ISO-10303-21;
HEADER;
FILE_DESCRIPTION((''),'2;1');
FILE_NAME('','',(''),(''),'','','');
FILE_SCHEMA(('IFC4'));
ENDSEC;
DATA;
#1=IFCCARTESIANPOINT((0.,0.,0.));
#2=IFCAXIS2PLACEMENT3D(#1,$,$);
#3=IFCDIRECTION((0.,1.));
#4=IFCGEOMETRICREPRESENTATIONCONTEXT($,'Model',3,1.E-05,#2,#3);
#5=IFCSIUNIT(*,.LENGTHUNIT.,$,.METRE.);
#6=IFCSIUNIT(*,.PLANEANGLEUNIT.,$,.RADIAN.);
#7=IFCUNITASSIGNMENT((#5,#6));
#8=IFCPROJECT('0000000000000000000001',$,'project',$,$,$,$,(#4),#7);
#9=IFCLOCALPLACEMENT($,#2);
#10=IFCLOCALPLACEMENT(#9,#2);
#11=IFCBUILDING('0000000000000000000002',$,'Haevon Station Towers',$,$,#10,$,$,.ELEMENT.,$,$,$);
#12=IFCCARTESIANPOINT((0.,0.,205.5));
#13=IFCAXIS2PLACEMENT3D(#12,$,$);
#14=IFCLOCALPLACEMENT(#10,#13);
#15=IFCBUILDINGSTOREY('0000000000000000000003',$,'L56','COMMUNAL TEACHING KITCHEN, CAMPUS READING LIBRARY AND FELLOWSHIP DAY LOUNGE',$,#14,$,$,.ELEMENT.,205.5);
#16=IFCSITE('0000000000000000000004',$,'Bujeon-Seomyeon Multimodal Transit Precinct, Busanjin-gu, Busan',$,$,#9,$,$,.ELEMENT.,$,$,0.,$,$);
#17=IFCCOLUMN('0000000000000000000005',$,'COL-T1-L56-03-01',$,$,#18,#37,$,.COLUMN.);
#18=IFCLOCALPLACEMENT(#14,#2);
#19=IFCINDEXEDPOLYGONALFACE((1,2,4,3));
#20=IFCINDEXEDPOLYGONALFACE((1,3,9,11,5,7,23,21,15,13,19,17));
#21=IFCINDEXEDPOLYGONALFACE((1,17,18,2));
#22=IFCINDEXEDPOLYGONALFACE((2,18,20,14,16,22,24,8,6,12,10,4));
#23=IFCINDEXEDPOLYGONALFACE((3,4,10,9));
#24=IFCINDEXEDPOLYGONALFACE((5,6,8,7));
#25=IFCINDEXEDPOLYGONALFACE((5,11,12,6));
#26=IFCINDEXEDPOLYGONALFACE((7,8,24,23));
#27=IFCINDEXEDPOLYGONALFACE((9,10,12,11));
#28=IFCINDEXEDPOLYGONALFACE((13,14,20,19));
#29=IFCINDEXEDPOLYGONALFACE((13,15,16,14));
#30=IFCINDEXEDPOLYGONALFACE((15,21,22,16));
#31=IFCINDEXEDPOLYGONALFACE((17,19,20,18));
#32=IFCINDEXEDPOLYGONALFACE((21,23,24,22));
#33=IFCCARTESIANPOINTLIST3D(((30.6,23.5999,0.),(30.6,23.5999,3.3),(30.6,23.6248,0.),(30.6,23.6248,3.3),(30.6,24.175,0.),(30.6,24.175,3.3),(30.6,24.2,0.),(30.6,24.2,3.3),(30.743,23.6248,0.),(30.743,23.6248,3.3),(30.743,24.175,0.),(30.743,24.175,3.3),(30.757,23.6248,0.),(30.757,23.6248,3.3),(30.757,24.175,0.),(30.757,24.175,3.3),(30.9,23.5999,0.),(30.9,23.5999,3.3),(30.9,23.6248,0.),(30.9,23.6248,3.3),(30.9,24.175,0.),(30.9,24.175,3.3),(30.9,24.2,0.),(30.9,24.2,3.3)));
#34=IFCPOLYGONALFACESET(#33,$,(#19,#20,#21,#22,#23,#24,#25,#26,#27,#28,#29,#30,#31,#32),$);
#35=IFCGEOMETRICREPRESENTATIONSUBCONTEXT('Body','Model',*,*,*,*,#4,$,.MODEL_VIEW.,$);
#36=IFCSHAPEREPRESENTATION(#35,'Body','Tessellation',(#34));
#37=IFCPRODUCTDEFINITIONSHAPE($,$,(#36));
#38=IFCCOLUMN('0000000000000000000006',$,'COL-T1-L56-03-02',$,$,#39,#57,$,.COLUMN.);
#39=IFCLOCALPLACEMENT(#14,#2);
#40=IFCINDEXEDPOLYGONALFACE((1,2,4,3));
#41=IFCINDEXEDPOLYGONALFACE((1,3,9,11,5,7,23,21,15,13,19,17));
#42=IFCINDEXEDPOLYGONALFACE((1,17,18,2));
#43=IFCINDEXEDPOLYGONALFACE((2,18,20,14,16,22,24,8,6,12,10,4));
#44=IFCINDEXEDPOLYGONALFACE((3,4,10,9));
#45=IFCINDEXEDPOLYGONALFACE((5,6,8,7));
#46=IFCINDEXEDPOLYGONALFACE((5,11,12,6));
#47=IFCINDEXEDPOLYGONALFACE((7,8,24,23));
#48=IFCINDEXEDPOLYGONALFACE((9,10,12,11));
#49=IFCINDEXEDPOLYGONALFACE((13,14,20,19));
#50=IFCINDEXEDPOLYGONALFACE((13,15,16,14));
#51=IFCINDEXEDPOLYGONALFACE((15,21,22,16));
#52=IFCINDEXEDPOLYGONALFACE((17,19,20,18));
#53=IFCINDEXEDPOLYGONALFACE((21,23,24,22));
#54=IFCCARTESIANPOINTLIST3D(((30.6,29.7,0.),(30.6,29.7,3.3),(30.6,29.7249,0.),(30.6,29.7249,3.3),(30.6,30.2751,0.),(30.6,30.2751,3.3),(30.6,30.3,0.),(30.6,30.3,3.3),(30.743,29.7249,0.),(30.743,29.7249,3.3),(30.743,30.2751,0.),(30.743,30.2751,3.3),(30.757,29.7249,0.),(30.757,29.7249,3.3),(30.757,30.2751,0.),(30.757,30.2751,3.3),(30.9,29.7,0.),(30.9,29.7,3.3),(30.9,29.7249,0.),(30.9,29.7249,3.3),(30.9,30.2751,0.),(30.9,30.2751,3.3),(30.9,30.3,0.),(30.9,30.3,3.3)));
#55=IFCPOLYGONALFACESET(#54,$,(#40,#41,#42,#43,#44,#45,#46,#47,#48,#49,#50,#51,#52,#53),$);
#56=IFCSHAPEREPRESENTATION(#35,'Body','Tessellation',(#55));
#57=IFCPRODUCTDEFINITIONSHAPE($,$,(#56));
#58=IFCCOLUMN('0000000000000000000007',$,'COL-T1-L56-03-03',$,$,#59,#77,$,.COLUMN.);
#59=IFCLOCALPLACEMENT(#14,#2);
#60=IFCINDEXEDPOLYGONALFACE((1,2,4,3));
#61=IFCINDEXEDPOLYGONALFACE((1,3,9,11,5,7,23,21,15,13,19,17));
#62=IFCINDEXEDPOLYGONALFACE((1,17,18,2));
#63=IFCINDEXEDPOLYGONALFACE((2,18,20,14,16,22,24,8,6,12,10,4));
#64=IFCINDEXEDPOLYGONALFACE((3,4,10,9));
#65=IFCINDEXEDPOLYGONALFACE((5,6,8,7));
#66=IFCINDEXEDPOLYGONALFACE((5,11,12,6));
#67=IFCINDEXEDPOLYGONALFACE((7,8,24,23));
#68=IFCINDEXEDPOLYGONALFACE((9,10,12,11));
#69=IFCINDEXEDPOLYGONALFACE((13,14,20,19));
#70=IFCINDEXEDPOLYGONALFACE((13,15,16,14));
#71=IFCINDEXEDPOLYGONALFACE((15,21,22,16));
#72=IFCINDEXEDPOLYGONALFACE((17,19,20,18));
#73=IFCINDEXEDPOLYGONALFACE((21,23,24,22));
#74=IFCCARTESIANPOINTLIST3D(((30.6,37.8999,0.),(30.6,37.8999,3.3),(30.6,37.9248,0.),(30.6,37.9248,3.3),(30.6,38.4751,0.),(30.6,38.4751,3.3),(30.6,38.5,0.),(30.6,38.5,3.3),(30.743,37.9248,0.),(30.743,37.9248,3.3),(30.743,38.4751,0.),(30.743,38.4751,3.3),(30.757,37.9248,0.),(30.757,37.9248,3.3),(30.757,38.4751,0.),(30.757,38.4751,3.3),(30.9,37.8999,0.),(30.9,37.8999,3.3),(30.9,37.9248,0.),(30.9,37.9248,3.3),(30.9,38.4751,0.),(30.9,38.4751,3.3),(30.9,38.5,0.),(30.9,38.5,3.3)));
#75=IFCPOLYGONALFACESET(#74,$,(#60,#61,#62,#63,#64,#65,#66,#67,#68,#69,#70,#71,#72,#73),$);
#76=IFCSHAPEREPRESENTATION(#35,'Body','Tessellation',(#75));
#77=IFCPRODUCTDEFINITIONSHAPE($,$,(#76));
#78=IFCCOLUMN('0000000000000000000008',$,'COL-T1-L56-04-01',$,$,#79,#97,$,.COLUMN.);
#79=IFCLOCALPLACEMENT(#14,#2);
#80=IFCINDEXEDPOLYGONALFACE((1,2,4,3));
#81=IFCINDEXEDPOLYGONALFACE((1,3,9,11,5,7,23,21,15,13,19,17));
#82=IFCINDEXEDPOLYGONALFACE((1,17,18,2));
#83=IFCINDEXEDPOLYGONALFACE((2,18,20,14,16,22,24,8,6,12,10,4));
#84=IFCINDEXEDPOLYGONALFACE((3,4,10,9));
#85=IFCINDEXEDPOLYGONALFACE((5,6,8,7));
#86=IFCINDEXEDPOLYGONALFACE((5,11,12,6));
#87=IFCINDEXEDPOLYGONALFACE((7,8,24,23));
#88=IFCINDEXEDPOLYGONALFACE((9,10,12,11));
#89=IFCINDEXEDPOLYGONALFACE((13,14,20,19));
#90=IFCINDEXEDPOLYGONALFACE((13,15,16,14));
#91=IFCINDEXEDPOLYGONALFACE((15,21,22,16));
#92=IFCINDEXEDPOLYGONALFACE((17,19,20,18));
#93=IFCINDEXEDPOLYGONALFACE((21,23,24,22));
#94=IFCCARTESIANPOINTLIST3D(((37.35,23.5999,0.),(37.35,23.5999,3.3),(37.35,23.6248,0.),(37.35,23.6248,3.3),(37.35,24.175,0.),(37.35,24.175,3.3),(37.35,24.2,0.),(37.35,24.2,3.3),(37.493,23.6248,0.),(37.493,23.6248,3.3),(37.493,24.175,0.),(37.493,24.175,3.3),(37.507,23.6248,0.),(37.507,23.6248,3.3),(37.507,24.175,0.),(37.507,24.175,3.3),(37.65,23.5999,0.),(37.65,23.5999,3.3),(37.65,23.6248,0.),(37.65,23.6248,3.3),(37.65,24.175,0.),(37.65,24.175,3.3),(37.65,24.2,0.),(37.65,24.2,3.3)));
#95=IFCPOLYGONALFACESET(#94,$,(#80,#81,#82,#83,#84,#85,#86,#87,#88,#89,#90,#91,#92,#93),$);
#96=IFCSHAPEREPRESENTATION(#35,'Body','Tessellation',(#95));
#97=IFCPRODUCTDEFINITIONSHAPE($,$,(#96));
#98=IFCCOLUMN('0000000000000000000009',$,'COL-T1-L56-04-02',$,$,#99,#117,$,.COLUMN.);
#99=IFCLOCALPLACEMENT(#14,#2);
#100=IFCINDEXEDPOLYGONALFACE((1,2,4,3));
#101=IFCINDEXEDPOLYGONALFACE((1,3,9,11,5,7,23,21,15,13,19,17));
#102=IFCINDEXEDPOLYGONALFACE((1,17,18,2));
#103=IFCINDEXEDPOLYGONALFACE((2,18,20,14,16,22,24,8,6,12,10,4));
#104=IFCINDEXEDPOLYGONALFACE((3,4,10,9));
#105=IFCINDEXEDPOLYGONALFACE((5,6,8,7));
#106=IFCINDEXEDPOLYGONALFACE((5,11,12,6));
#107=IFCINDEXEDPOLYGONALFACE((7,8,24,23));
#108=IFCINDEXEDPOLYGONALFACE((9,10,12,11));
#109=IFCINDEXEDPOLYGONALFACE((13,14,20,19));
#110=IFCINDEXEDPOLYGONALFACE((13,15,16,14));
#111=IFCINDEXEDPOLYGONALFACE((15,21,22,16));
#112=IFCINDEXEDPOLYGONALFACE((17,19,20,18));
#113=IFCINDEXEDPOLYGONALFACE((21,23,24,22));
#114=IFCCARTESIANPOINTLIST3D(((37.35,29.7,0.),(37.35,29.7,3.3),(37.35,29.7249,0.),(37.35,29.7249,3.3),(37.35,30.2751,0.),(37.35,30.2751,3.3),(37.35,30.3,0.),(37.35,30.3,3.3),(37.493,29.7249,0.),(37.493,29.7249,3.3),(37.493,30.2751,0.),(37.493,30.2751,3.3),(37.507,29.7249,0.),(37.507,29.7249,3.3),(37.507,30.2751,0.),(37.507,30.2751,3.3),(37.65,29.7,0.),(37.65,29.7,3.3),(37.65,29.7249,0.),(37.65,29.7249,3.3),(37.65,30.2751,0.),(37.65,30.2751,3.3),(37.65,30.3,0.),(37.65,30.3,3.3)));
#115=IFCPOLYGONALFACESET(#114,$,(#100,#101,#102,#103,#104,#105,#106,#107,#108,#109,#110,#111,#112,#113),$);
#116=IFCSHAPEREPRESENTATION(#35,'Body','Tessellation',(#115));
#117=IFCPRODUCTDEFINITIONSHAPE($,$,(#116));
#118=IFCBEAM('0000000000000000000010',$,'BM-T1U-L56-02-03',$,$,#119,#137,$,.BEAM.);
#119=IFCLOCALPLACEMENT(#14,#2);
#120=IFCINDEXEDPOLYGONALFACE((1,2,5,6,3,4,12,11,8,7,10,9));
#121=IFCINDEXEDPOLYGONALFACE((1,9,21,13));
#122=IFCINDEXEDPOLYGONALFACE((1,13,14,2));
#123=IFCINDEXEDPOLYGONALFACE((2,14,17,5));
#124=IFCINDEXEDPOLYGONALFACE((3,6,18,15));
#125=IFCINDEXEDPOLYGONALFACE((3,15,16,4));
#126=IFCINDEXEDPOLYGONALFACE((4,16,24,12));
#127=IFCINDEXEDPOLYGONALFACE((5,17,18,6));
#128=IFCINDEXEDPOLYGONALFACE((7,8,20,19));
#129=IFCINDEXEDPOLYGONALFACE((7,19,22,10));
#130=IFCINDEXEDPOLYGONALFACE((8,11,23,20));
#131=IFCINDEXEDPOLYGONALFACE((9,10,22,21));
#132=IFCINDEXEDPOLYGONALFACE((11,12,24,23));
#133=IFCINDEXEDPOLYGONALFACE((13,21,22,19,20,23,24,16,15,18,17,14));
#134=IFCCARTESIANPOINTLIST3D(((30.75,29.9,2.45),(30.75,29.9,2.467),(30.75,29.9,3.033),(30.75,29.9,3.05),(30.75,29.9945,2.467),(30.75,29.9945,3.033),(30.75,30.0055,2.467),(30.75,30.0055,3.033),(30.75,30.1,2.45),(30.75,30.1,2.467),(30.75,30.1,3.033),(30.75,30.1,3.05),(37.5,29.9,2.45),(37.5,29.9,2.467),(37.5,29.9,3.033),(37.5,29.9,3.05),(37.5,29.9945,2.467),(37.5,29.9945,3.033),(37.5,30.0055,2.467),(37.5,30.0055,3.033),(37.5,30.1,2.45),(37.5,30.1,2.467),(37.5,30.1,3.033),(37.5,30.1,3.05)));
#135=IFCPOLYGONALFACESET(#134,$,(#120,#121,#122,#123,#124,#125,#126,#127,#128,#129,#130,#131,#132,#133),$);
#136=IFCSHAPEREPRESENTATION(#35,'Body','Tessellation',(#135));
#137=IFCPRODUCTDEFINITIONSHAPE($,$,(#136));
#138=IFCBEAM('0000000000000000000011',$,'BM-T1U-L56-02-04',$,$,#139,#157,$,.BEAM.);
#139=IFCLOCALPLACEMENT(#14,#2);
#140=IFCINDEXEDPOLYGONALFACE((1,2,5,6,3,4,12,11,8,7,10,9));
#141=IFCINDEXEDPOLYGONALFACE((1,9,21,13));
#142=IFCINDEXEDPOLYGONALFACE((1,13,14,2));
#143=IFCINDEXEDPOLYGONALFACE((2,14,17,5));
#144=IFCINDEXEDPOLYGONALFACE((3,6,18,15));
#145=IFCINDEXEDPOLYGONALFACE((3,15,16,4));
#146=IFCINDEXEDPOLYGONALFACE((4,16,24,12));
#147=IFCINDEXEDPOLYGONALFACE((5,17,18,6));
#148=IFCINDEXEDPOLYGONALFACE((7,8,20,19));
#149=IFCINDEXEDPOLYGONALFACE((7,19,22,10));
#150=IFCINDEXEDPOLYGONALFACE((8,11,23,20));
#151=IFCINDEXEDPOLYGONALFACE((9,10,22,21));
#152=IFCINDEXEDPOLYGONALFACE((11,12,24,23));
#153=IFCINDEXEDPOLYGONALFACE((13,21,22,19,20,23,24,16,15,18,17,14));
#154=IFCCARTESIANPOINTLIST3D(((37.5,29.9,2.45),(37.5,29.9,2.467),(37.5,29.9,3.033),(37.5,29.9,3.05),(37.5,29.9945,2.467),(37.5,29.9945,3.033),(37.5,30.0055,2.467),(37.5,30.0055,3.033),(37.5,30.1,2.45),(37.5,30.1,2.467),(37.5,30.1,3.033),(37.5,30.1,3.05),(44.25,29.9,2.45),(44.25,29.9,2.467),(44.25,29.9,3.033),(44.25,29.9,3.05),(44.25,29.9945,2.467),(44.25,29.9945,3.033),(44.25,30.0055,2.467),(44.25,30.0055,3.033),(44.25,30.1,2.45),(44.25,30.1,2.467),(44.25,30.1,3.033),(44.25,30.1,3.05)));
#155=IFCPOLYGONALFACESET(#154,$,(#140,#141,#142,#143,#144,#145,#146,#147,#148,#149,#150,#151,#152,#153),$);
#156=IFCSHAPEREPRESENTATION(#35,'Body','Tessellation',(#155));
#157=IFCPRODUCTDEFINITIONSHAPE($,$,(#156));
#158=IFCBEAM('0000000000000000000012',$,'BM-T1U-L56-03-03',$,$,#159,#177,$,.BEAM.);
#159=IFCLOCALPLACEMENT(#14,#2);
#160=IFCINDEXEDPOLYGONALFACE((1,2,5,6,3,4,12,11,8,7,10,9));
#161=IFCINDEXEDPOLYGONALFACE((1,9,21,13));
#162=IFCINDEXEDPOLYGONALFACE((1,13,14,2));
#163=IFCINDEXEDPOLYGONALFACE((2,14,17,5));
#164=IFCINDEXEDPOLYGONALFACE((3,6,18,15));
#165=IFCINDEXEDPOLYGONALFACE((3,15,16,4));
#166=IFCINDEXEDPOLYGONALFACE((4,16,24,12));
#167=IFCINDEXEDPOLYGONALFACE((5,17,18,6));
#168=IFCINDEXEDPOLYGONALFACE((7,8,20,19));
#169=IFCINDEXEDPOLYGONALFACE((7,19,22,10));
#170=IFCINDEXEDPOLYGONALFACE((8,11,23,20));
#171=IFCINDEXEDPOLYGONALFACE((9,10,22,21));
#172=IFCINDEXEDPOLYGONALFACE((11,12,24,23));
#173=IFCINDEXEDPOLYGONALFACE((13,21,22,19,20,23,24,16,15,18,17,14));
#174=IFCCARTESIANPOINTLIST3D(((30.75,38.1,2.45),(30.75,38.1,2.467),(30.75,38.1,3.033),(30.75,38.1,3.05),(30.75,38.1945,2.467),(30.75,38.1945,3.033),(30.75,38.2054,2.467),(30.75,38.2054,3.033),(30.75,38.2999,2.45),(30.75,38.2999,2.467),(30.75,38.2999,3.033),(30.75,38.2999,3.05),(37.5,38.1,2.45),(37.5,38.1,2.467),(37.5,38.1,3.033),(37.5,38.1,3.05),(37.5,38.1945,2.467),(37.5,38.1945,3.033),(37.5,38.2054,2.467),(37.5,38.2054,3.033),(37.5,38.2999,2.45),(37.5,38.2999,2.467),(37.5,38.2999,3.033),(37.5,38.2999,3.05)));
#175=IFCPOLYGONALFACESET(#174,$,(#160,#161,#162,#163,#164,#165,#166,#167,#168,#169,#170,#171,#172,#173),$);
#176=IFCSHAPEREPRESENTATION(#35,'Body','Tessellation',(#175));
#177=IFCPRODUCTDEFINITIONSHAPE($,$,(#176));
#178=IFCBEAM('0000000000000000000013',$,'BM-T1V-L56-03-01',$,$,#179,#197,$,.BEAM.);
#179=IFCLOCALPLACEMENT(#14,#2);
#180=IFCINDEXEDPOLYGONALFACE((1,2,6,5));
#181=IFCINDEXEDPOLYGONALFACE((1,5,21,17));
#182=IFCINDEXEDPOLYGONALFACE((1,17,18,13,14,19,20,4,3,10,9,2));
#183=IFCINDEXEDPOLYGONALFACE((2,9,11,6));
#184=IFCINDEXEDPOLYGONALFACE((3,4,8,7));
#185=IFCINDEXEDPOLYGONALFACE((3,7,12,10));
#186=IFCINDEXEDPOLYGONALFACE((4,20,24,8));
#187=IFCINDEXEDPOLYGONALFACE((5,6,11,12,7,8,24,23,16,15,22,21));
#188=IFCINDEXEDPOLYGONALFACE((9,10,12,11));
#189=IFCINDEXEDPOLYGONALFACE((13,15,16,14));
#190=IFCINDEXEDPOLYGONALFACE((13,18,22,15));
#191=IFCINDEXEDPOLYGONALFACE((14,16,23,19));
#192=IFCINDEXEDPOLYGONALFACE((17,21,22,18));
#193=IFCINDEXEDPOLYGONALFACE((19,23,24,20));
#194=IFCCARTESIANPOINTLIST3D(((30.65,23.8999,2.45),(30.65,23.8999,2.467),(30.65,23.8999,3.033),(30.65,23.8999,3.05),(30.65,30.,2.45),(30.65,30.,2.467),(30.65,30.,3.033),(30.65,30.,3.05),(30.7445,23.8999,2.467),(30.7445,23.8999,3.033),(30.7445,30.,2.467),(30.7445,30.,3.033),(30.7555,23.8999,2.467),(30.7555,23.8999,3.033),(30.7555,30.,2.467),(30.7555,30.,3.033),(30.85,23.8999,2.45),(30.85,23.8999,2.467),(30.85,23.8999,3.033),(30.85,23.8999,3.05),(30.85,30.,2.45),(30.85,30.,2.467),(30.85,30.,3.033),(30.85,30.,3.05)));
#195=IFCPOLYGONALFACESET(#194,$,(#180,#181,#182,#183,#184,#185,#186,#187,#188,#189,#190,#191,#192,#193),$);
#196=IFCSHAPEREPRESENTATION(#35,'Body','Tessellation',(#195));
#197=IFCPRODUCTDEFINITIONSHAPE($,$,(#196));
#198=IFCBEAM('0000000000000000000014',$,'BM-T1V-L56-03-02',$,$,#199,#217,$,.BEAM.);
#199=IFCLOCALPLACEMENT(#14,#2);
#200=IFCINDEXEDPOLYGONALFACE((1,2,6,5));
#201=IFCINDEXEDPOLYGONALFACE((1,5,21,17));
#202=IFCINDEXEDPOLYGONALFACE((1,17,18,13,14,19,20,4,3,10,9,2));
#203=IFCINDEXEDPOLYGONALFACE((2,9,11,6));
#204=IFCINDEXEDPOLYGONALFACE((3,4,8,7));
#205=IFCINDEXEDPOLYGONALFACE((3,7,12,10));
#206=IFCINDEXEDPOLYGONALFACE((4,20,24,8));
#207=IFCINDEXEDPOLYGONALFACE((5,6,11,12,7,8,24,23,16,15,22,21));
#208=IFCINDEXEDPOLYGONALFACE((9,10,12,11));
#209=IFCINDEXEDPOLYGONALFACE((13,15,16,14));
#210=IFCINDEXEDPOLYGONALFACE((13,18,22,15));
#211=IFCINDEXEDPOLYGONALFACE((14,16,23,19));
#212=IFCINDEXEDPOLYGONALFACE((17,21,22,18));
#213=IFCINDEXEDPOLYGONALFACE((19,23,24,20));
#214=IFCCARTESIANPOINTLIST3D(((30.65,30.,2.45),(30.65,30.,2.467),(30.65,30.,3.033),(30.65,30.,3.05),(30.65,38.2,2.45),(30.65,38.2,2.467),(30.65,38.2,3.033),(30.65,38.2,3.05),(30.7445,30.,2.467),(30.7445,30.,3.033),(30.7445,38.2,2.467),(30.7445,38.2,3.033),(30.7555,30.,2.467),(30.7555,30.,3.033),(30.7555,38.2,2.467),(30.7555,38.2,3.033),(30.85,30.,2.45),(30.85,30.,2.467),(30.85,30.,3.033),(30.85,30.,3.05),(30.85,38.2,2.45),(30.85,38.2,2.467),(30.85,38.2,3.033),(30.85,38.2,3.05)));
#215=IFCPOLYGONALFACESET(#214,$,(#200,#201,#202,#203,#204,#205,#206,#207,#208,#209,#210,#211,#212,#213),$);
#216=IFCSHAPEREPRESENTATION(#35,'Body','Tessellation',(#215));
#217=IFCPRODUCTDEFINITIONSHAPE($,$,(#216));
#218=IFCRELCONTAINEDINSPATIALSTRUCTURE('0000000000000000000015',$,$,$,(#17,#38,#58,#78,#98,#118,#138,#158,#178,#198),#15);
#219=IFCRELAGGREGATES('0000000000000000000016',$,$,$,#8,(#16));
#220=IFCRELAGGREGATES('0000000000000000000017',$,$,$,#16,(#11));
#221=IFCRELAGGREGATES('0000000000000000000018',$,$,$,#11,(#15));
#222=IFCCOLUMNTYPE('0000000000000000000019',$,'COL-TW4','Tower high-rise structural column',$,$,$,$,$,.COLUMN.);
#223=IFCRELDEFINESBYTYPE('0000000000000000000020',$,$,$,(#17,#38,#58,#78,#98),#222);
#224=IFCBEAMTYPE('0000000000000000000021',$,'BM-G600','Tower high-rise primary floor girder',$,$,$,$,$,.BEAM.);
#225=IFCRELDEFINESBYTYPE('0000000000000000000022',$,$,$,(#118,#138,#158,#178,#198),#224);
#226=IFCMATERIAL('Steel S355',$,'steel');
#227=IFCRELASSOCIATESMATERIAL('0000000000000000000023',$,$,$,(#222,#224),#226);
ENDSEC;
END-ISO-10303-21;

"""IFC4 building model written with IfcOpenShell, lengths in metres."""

from ifc_helpers import new_model, si_unit, direction, frame, origin, origin_2d, place, context, subcontext, project, spatial, i_section, extrude, material, material_profile, profile_set, type_object, element, save


model = new_model("IFC4")

# Units and contexts
model_context = context("Model", 3, precision=1e-05, world=origin(), true_north=direction((0.0, 1.0)))
body_context = subcontext(model_context, "Body", "Model", "MODEL_VIEW")
ifc_project = project(units=[si_unit("LENGTHUNIT", "METRE"), si_unit("PLANEANGLEUNIT", "RADIAN")], contexts=[model_context])

# Site, building, storey
site_placement = place(None, origin())
site = spatial("IfcSite", under=ifc_project, at=site_placement, Name="Bujeon-Seomyeon Multimodal Transit Precinct, Busanjin-gu, Busan", CompositionType="ELEMENT", RefElevation=0.0)
building_placement = place(site_placement, origin())
building = spatial("IfcBuilding", under=site, at=building_placement, Name="Haevon Station Towers", CompositionType="ELEMENT")
storey_placement = place(building_placement, frame((0.0, 0.0, 205.5)))
storey = spatial("IfcBuildingStorey", under=building, at=storey_placement, Name="L56", Description="COMMUNAL TEACHING KITCHEN, CAMPUS READING LIBRARY AND FELLOWSHIP DAY LOUNGE", CompositionType="ELEMENT", Elevation=205.5)

# Columns
ifc_material_1 = material(Name="Steel S355", Category="steel")
ifc_material_profile_1 = material_profile(ifc_material_1, i_section(OverallWidth=0.3, OverallDepth=0.6001, WebThickness=0.0139, FlangeThickness=0.0249, at=origin_2d()), Name="H-600x300x14x25")
ifc_profile_set_1 = profile_set([ifc_material_profile_1], Name="Steel S355")
column_type = type_object("IfcColumnType", Name="COL-TW4", Description="Tower high-rise structural column", PredefinedType="COLUMN", material=ifc_profile_set_1)
for number, where, z_axis, x_axis, name in (
    (1, (30.75, 23.8999, 0.0), (0.0, 0.0, 1.0), (1.0, 0.0, 0.0), "COL-T1-L56-03-01"),
    (2, (30.75, 30.0, 0.0), (0.0, 0.0, 1.0), (1.0, 0.0, 0.0), "COL-T1-L56-03-02"),
    (3, (30.75, 38.2, 0.0), (0.0, 0.0, 1.0), (1.0, 0.0, 0.0), "COL-T1-L56-03-03"),
    (4, (37.5, 23.8999, 0.0), (0.0, 0.0, 1.0), (1.0, 0.0, 0.0), "COL-T1-L56-04-01"),
    (5, (37.5, 30.0, 0.0), (0.0, 0.0, 1.0), (1.0, 0.0, 0.0), "COL-T1-L56-04-02"),
):
    element("IfcColumn", number, at=place(storey_placement, frame(where, z_axis=z_axis, x_axis=x_axis)), inside=storey, type_object=column_type, Name=name, PredefinedType="COLUMN", context=body_context, shape_type="SweptSolid", body=[
        extrude(i_section(OverallWidth=0.3, OverallDepth=0.6001, WebThickness=0.0139, FlangeThickness=0.0249, at=origin_2d()), origin(), (0.0, 0.0, 1.0), 3.3),
    ])

# Beams
ifc_material_profile_2 = material_profile(ifc_material_1, i_section(OverallWidth=0.2, OverallDepth=0.6001, WebThickness=0.011, FlangeThickness=0.0171, at=origin_2d()), Name="H-600x200x11x17")
ifc_profile_set_2 = profile_set([ifc_material_profile_2], Name="Steel S355")
beam_type_1 = type_object("IfcBeamType", Name="BM-G600", Description="Tower high-rise primary floor girder", PredefinedType="BEAM", material=ifc_profile_set_2)
for number, where, z_axis, x_axis, name in (
    (6, (30.75, 30.0, 2.75), (1.0, 0.0, 0.0), (0.0, 1.0, 0.0), "BM-T1U-L56-02-03"),
    (7, (37.5, 30.0, 2.75), (1.0, 0.0, 0.0), (0.0, 1.0, 0.0), "BM-T1U-L56-02-04"),
    (8, (30.75, 38.2, 2.75), (1.0, 0.0, 0.0), (0.0, 1.0, 0.0), "BM-T1U-L56-03-03"),
):
    element("IfcBeam", number, at=place(storey_placement, frame(where, z_axis=z_axis, x_axis=x_axis)), inside=storey, type_object=beam_type_1, Name=name, PredefinedType="BEAM", context=body_context, shape_type="SweptSolid", body=[
        extrude(i_section(OverallWidth=0.2, OverallDepth=0.6001, WebThickness=0.011, FlangeThickness=0.0171, at=origin_2d()), origin(), (0.0, 0.0, 1.0), 6.75),
    ])
beam_1_placement = place(storey_placement, frame((30.75, 23.8999, 2.75), z_axis=(0.0, 1.0, 0.0), x_axis=(-1.0, 0.0, 0.0)))
element("IfcBeam", 9, at=beam_1_placement, inside=storey, type_object=beam_type_1, Name="BM-T1V-L56-03-01", PredefinedType="BEAM", context=body_context, shape_type="SweptSolid", body=[
    extrude(i_section(OverallWidth=0.2, OverallDepth=0.6001, WebThickness=0.011, FlangeThickness=0.0171, at=origin_2d()), origin(), (0.0, 0.0, 1.0), 6.1001),
])
beam_2_placement = place(storey_placement, frame((30.75, 30.0, 2.75), z_axis=(0.0, 1.0, 0.0), x_axis=(-1.0, 0.0, 0.0)))
element("IfcBeam", 10, at=beam_2_placement, inside=storey, type_object=beam_type_1, Name="BM-T1V-L56-03-02", PredefinedType="BEAM", context=body_context, shape_type="SweptSolid", body=[
    extrude(i_section(OverallWidth=0.2, OverallDepth=0.6001, WebThickness=0.011, FlangeThickness=0.0171, at=origin_2d()), origin(), (0.0, 0.0, 1.0), 8.2),
])

save(model, "model.ifc")
